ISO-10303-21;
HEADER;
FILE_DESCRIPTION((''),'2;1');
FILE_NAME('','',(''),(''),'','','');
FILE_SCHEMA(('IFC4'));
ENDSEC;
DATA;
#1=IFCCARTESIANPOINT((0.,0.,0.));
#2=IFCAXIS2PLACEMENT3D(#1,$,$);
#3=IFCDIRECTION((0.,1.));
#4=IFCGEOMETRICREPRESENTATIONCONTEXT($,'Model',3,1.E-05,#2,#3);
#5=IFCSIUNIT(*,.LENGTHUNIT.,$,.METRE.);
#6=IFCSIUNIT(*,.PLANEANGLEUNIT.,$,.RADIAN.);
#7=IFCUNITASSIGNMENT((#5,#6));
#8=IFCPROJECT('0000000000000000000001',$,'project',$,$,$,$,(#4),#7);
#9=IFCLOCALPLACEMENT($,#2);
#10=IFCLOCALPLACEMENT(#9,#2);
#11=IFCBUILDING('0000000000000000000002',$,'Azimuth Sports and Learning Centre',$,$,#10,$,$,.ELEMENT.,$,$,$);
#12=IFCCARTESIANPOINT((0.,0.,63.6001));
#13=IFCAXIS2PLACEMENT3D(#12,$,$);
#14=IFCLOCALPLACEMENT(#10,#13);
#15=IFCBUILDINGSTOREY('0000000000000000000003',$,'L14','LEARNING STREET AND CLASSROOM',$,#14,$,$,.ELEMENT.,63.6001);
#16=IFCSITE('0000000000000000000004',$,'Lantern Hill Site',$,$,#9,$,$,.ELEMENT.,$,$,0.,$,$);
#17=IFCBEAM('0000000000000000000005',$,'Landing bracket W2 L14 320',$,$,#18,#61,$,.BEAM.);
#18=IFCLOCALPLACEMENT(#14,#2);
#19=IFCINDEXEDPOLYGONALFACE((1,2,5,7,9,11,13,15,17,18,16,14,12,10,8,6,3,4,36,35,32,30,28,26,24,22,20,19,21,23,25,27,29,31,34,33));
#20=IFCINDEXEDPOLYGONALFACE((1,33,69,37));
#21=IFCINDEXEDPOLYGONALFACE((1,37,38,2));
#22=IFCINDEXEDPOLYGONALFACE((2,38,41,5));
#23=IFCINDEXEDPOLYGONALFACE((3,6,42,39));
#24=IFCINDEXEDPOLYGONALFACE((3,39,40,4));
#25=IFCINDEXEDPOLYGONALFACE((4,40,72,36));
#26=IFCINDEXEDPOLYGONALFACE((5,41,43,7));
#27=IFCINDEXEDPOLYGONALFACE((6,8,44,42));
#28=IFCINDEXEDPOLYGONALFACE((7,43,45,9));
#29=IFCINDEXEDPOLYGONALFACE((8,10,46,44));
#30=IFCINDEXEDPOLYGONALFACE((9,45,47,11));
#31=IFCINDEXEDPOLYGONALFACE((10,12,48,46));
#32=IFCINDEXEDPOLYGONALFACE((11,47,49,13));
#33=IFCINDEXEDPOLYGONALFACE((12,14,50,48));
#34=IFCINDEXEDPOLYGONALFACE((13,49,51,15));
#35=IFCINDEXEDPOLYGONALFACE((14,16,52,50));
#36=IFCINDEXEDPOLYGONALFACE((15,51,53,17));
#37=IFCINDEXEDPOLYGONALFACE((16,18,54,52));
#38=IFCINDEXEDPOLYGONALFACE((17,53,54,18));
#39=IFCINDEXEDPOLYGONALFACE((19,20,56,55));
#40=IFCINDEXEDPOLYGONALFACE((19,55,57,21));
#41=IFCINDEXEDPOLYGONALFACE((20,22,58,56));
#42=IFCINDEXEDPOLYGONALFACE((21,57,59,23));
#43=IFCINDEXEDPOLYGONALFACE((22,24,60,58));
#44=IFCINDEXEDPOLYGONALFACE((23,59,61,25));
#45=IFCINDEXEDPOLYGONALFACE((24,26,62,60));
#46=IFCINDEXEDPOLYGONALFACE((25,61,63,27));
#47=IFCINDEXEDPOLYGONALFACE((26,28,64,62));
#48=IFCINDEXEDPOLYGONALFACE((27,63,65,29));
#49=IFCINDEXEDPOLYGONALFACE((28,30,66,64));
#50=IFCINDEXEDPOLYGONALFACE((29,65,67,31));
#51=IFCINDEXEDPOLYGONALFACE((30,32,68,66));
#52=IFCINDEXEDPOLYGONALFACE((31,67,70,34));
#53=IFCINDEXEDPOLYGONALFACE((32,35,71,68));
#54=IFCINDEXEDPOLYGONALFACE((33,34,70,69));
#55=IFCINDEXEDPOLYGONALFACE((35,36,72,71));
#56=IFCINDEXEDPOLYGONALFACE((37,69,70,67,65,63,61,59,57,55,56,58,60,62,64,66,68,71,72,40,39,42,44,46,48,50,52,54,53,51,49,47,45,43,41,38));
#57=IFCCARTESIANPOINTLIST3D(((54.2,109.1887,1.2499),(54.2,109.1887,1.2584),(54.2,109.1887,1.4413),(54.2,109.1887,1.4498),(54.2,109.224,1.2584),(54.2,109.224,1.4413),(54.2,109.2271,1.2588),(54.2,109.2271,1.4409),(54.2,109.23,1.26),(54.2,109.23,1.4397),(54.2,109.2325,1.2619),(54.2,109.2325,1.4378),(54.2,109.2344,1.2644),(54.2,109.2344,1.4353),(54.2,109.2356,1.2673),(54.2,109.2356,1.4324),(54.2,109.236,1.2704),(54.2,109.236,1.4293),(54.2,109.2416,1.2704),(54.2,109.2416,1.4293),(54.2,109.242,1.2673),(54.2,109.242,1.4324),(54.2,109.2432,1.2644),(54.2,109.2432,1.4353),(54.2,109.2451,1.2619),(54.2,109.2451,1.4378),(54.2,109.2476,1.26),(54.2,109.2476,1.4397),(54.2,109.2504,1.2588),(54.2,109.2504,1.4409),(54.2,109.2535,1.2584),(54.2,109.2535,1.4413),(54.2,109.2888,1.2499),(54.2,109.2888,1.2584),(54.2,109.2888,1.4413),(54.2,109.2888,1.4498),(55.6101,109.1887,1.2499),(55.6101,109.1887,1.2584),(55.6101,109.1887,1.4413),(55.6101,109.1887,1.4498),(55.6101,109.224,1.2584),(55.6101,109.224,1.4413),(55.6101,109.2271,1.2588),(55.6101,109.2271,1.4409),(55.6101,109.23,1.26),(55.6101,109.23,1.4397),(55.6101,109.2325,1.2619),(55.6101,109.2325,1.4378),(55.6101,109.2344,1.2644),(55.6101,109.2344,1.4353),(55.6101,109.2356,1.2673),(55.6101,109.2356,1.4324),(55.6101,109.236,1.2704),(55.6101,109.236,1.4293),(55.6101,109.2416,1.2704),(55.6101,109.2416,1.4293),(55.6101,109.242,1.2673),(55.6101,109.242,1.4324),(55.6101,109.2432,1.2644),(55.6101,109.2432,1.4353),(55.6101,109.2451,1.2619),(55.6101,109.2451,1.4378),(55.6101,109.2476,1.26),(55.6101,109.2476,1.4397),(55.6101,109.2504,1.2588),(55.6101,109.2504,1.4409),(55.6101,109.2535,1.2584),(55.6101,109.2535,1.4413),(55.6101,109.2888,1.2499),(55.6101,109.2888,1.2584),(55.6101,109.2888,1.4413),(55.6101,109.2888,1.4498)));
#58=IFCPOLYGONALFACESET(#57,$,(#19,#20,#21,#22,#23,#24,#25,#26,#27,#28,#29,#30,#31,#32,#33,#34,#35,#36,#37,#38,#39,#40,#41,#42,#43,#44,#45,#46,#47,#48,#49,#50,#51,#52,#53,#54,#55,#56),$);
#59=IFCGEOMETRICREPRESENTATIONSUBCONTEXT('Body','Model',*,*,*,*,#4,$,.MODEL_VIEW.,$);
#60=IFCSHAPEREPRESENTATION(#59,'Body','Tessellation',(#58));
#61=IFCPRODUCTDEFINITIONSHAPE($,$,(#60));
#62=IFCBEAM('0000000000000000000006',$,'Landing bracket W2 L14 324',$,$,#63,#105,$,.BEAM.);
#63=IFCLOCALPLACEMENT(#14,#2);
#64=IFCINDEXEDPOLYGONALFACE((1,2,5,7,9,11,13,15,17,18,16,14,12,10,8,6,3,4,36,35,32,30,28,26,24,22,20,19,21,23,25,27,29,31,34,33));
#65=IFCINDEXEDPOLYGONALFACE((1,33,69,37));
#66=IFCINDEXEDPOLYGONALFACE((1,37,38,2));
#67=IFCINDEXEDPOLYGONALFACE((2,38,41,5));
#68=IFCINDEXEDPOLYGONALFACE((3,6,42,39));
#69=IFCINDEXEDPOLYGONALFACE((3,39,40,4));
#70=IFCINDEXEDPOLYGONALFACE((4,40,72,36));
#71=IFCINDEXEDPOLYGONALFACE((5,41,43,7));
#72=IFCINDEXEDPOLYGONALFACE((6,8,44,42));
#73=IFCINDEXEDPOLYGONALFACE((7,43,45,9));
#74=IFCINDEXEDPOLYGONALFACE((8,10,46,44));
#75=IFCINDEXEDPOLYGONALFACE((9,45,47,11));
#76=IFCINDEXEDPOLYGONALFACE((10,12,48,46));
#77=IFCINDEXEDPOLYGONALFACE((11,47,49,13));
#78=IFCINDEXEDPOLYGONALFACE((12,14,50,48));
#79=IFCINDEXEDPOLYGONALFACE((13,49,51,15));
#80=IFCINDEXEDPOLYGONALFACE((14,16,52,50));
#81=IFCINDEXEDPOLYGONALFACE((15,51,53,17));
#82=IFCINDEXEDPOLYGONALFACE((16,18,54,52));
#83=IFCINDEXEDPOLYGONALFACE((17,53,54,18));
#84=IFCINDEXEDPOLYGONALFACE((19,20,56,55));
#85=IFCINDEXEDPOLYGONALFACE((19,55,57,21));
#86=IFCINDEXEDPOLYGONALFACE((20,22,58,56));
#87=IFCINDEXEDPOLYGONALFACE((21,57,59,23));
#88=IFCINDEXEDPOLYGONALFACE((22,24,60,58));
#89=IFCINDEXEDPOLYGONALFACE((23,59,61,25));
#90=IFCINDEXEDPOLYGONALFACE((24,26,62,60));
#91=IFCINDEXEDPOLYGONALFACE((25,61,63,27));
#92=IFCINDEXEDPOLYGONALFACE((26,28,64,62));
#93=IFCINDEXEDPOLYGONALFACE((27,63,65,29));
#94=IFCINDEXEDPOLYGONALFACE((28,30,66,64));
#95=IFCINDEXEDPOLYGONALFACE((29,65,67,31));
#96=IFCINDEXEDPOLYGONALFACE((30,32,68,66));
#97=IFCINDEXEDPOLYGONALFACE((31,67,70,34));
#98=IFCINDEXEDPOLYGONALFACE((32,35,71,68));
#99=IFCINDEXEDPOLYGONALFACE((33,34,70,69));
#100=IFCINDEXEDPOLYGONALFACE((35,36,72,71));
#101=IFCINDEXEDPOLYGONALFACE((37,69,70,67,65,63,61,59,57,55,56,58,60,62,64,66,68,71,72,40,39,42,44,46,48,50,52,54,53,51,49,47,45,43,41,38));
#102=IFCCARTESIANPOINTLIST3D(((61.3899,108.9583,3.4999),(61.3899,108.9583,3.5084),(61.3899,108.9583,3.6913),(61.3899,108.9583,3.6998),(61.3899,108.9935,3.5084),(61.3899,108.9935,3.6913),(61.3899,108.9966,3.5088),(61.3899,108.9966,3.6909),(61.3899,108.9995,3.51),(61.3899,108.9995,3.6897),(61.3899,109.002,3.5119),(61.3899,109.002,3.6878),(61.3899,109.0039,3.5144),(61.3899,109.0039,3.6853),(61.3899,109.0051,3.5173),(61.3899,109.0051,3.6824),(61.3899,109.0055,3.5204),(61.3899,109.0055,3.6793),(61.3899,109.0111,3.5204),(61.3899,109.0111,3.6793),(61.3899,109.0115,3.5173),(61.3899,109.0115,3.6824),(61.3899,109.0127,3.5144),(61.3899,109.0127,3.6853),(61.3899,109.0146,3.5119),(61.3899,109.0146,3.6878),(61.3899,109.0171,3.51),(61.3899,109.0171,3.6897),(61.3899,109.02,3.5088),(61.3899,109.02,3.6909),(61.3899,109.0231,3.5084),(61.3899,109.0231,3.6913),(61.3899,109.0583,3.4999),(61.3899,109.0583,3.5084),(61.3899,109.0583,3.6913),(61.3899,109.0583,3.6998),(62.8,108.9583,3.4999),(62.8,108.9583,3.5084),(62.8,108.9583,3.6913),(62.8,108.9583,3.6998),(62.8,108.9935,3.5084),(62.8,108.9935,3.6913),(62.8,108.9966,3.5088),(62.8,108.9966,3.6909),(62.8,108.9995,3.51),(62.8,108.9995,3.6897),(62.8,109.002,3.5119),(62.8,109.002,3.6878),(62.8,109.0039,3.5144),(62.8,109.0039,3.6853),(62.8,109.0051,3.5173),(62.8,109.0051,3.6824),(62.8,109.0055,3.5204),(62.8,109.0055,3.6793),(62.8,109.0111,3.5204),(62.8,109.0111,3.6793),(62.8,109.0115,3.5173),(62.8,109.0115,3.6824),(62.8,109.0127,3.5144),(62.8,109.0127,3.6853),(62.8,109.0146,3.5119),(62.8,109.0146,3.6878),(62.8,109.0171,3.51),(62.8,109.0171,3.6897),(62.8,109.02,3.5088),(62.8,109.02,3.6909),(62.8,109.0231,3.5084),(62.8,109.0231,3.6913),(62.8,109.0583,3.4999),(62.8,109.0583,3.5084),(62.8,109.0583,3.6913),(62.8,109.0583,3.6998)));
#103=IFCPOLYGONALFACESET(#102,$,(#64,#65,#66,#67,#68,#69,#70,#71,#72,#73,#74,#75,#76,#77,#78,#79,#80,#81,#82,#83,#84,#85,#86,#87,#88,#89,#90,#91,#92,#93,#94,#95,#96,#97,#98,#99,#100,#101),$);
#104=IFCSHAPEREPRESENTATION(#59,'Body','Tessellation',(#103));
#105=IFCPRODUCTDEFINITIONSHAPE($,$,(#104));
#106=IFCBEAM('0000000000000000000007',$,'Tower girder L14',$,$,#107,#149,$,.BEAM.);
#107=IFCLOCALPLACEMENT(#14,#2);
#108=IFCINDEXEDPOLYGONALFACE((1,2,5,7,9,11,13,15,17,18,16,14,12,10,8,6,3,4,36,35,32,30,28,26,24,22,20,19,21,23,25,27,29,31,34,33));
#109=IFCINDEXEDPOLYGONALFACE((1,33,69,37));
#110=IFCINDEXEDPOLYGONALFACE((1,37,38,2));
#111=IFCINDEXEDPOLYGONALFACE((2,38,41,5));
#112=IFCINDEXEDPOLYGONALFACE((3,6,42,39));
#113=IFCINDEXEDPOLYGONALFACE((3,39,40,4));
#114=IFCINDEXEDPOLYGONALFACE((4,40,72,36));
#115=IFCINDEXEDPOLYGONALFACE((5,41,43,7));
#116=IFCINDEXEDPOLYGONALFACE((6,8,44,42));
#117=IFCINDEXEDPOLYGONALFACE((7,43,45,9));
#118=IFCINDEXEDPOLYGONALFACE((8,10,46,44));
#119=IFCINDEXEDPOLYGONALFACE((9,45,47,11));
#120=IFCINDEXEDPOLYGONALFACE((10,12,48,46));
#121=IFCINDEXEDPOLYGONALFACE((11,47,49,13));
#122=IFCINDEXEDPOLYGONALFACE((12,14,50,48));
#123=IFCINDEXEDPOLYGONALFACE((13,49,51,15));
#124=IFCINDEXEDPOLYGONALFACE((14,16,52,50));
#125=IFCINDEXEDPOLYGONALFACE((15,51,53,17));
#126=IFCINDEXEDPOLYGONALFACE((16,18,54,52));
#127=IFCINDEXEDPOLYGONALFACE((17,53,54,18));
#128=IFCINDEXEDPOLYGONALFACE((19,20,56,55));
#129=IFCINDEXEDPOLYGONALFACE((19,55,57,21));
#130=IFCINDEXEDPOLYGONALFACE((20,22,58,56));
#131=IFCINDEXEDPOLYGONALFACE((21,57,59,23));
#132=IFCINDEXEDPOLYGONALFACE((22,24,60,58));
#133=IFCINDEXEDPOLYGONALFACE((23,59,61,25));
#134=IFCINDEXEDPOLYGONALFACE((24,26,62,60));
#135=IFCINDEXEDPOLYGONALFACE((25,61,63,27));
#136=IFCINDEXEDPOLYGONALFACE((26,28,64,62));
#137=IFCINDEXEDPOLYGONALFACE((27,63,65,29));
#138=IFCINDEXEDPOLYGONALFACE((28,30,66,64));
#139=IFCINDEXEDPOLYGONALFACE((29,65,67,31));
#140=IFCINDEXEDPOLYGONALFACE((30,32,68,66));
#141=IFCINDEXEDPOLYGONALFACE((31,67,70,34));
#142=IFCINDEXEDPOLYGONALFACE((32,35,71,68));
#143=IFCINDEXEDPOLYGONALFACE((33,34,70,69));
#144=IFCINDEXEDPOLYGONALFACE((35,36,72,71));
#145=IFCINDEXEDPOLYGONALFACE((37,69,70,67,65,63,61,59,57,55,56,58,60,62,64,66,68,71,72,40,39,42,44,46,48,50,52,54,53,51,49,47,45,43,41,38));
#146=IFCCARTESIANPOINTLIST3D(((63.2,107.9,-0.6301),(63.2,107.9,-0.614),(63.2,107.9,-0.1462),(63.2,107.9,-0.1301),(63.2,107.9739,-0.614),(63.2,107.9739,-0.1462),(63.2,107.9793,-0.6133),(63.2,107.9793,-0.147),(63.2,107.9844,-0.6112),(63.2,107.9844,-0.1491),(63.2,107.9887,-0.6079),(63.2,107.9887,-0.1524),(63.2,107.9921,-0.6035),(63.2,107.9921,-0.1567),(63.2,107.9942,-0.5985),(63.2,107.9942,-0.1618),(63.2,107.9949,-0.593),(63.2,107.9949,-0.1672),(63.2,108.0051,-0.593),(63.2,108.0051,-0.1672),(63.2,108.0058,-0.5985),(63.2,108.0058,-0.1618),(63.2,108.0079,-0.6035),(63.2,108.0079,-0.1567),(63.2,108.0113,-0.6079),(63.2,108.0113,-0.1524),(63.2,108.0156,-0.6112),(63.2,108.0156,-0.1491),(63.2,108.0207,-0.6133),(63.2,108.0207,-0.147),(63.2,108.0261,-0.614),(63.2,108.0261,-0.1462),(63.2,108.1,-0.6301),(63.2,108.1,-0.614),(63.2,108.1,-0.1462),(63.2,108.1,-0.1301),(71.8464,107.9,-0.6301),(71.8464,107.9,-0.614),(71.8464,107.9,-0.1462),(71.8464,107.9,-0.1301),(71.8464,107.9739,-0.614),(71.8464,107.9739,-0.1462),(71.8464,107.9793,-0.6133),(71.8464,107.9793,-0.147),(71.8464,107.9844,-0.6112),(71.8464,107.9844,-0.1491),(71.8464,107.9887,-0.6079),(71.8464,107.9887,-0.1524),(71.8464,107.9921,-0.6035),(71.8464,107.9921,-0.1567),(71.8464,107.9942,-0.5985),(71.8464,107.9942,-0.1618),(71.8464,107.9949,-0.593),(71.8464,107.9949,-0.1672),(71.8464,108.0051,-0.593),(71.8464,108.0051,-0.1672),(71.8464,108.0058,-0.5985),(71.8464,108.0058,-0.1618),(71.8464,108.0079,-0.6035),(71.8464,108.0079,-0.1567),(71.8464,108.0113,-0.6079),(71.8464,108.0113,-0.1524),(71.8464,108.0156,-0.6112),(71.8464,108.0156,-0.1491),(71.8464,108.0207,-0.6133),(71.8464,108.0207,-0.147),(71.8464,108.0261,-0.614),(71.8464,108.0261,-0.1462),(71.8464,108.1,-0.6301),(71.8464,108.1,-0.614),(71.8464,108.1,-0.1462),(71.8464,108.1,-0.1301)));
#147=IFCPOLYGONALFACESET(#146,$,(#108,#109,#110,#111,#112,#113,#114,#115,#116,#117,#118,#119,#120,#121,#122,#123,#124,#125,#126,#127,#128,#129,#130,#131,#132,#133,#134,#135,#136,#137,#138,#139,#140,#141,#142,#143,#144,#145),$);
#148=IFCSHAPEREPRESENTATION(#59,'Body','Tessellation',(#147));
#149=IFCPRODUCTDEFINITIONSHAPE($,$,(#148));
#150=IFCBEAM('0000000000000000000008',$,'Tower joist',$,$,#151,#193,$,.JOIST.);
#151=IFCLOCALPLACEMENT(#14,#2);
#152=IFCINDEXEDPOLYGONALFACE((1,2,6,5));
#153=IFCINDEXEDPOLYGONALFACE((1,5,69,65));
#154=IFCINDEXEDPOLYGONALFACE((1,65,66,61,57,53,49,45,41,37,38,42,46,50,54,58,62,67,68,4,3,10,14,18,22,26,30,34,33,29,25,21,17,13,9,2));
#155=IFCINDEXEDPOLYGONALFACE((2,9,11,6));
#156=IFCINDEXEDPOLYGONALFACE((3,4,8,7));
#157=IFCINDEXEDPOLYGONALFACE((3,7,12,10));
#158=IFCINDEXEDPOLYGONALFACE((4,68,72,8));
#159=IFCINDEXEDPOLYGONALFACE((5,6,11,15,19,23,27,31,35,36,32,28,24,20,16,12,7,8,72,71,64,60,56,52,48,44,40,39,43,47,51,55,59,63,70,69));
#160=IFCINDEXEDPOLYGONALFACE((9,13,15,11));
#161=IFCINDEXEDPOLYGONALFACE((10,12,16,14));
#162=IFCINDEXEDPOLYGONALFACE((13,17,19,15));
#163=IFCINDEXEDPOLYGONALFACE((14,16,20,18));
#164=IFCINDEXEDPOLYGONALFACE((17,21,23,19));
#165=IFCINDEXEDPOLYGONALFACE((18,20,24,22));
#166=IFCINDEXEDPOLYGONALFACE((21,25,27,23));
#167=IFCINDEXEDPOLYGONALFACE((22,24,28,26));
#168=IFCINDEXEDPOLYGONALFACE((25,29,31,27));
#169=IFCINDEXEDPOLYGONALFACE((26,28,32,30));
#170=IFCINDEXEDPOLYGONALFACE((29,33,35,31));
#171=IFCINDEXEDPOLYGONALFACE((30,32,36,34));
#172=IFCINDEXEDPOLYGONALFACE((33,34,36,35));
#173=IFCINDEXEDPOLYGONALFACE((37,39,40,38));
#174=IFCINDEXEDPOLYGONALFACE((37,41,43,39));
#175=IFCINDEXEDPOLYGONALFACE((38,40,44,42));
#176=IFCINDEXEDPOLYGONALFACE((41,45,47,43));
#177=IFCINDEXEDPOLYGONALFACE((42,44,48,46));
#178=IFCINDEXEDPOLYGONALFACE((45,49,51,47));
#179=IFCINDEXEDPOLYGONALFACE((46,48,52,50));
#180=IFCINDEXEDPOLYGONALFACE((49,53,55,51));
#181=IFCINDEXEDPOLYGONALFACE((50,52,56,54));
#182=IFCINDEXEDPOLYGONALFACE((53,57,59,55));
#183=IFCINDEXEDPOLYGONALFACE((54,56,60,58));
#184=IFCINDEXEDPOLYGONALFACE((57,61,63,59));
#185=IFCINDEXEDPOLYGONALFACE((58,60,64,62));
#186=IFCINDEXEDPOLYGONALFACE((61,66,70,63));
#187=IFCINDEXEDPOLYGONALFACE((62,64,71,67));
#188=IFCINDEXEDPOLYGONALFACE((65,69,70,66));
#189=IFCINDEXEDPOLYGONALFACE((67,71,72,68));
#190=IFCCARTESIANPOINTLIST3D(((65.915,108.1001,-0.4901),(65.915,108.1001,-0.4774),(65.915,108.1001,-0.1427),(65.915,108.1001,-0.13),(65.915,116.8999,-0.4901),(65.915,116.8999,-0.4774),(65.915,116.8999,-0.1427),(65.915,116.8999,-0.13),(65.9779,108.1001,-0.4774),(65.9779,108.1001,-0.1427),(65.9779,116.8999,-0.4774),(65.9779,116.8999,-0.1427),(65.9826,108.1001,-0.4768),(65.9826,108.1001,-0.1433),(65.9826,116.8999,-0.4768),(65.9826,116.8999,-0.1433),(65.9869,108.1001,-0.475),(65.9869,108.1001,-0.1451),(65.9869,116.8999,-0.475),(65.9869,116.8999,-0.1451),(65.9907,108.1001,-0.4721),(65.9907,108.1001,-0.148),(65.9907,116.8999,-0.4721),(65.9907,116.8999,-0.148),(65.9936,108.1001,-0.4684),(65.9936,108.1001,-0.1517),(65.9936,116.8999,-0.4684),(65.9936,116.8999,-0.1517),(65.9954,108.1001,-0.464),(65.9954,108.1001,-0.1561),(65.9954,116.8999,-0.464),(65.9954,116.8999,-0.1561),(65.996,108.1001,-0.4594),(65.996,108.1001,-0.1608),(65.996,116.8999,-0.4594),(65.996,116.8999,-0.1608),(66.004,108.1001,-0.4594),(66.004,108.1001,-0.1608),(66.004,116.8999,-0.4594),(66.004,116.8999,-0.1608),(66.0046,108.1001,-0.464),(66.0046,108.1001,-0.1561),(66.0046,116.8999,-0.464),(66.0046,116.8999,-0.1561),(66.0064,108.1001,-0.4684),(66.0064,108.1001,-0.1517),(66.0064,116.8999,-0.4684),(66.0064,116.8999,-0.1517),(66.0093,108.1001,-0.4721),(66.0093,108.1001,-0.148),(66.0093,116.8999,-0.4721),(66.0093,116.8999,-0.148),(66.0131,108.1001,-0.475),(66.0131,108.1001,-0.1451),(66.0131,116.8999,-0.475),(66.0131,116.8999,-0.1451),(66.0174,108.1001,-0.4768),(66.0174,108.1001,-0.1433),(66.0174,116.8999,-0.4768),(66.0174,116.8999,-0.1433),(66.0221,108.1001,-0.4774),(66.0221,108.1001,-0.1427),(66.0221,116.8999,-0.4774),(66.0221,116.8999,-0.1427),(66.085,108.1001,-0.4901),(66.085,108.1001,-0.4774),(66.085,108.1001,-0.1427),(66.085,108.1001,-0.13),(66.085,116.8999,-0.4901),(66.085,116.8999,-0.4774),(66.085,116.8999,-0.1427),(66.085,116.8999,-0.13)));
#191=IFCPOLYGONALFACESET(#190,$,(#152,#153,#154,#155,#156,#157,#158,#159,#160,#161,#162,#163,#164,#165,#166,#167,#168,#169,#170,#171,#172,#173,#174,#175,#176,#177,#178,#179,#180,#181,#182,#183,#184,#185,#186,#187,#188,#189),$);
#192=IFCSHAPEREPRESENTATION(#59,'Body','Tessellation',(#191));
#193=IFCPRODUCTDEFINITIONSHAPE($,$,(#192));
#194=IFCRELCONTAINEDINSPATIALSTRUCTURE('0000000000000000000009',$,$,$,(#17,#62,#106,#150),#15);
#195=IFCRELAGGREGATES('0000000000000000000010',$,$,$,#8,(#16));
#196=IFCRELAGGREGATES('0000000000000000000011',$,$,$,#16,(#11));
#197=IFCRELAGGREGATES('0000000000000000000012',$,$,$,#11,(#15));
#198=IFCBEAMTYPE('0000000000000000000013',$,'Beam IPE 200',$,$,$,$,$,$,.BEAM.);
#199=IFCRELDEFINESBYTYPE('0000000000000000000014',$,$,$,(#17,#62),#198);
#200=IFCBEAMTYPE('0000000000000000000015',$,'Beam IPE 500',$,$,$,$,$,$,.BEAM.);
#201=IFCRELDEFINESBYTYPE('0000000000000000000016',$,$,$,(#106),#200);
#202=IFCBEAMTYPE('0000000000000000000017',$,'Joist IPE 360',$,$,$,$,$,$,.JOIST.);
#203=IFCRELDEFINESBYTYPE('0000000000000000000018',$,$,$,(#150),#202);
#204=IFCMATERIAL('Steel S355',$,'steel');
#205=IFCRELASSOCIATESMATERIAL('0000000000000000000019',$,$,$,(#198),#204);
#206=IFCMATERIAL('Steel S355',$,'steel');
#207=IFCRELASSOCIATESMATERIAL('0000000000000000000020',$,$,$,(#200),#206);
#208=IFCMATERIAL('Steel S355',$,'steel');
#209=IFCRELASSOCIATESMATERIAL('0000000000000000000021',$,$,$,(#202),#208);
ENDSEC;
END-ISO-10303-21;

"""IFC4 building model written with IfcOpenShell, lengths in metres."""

from ifc_helpers import new_model, si_unit, direction, frame, origin, origin_2d, place, context, subcontext, project, spatial, i_section, extrude, material, material_profile, profile_set, type_object, element, save


model = new_model("IFC4")

# Units and contexts
model_context = context("Model", 3, precision=1e-05, world=origin(), true_north=direction((0.0, 1.0)))
body_context = subcontext(model_context, "Body", "Model", "MODEL_VIEW")
ifc_project = project(units=[si_unit("LENGTHUNIT", "METRE"), si_unit("PLANEANGLEUNIT", "RADIAN")], contexts=[model_context])

# Site, building, storey
site_placement = place(None, origin())
site = spatial("IfcSite", under=ifc_project, at=site_placement, Name="Lantern Hill Site", CompositionType="ELEMENT", RefElevation=0.0)
building_placement = place(site_placement, origin())
building = spatial("IfcBuilding", under=site, at=building_placement, Name="Azimuth Sports and Learning Centre", CompositionType="ELEMENT")
storey_placement = place(building_placement, frame((0.0, 0.0, 63.6001)))
storey = spatial("IfcBuildingStorey", under=building, at=storey_placement, Name="L14", Description="LEARNING STREET AND CLASSROOM", CompositionType="ELEMENT", Elevation=63.6001)

# Beams
ifc_material_1 = material(Name="Steel S355", Category="steel")
ifc_material_profile_1 = material_profile(ifc_material_1, i_section(OverallWidth=0.1001, OverallDepth=0.2, WebThickness=0.0056, FlangeThickness=0.0085, FilletRadius=0.012, at=origin_2d()), Name="IPE 200")
ifc_profile_set_1 = profile_set([ifc_material_profile_1], Name="Steel S355")
beam_type_1 = type_object("IfcBeamType", Name="Beam IPE 200", PredefinedType="BEAM", material=ifc_profile_set_1)
for number, where, z_axis, x_axis, name in (
    (1, (54.2, 109.2388, 1.3499), (1.0, 0.0, 0.0), (0.0, 1.0, 0.0), "Landing bracket W2 L14 320"),
    (2, (62.8, 109.0083, 3.5999), (-1.0, 0.0, 0.0), (0.0, -1.0, 0.0), "Landing bracket W2 L14 324"),
):
    element("IfcBeam", number, at=place(storey_placement, frame(where, z_axis=z_axis, x_axis=x_axis)), inside=storey, type_object=beam_type_1, Name=name, PredefinedType="BEAM", context=body_context, shape_type="SweptSolid", body=[
        extrude(i_section(OverallWidth=0.1001, OverallDepth=0.2, WebThickness=0.0056, FlangeThickness=0.0085, FilletRadius=0.012, at=origin_2d()), origin(), (0.0, 0.0, 1.0), 1.4102),
    ])
ifc_material_2 = material(Name="Steel S355", Category="steel")
ifc_material_profile_2 = material_profile(ifc_material_2, i_section(OverallWidth=0.2, OverallDepth=0.5, WebThickness=0.0103, FlangeThickness=0.0161, FilletRadius=0.021, at=origin_2d()), Name="IPE 500")
ifc_profile_set_2 = profile_set([ifc_material_profile_2], Name="Steel S355")
beam_type_2 = type_object("IfcBeamType", Name="Beam IPE 500", PredefinedType="BEAM", material=ifc_profile_set_2)
beam_placement = place(storey_placement, frame((63.2, 108.0, -0.3801), z_axis=(1.0, 0.0, 0.0), x_axis=(0.0, 1.0, 0.0)))
element("IfcBeam", 3, at=beam_placement, inside=storey, type_object=beam_type_2, Name="Tower girder L14", PredefinedType="BEAM", context=body_context, shape_type="SweptSolid", body=[
    extrude(i_section(OverallWidth=0.2, OverallDepth=0.5, WebThickness=0.0103, FlangeThickness=0.0161, FilletRadius=0.021, at=origin_2d()), origin(), (0.0, 0.0, 1.0), 8.6465),
])
ifc_material_3 = material(Name="Steel S355", Category="steel")
ifc_material_profile_3 = material_profile(ifc_material_3, i_section(OverallWidth=0.1699, OverallDepth=0.3601, WebThickness=0.0081, FlangeThickness=0.0127, FilletRadius=0.0181, at=origin_2d()), Name="IPE 360")
ifc_profile_set_3 = profile_set([ifc_material_profile_3], Name="Steel S355")
beam_type_3 = type_object("IfcBeamType", Name="Joist IPE 360", PredefinedType="JOIST", material=ifc_profile_set_3)
for number, where, z_axis, x_axis, name in (
    (4, (66.0, 108.1001, -0.3101), (0.0, 1.0, 0.0), (-1.0, 0.0, 0.0), "Tower joist"),
):
    element("IfcBeam", number, at=place(storey_placement, frame(where, z_axis=z_axis, x_axis=x_axis)), inside=storey, type_object=beam_type_3, Name=name, PredefinedType="JOIST", context=body_context, shape_type="SweptSolid", body=[
        extrude(i_section(OverallWidth=0.1699, OverallDepth=0.3601, WebThickness=0.0081, FlangeThickness=0.0127, FilletRadius=0.0181, at=origin_2d()), origin(), (0.0, 0.0, 1.0), 8.7998),
    ])

save(model, "model.ifc")
